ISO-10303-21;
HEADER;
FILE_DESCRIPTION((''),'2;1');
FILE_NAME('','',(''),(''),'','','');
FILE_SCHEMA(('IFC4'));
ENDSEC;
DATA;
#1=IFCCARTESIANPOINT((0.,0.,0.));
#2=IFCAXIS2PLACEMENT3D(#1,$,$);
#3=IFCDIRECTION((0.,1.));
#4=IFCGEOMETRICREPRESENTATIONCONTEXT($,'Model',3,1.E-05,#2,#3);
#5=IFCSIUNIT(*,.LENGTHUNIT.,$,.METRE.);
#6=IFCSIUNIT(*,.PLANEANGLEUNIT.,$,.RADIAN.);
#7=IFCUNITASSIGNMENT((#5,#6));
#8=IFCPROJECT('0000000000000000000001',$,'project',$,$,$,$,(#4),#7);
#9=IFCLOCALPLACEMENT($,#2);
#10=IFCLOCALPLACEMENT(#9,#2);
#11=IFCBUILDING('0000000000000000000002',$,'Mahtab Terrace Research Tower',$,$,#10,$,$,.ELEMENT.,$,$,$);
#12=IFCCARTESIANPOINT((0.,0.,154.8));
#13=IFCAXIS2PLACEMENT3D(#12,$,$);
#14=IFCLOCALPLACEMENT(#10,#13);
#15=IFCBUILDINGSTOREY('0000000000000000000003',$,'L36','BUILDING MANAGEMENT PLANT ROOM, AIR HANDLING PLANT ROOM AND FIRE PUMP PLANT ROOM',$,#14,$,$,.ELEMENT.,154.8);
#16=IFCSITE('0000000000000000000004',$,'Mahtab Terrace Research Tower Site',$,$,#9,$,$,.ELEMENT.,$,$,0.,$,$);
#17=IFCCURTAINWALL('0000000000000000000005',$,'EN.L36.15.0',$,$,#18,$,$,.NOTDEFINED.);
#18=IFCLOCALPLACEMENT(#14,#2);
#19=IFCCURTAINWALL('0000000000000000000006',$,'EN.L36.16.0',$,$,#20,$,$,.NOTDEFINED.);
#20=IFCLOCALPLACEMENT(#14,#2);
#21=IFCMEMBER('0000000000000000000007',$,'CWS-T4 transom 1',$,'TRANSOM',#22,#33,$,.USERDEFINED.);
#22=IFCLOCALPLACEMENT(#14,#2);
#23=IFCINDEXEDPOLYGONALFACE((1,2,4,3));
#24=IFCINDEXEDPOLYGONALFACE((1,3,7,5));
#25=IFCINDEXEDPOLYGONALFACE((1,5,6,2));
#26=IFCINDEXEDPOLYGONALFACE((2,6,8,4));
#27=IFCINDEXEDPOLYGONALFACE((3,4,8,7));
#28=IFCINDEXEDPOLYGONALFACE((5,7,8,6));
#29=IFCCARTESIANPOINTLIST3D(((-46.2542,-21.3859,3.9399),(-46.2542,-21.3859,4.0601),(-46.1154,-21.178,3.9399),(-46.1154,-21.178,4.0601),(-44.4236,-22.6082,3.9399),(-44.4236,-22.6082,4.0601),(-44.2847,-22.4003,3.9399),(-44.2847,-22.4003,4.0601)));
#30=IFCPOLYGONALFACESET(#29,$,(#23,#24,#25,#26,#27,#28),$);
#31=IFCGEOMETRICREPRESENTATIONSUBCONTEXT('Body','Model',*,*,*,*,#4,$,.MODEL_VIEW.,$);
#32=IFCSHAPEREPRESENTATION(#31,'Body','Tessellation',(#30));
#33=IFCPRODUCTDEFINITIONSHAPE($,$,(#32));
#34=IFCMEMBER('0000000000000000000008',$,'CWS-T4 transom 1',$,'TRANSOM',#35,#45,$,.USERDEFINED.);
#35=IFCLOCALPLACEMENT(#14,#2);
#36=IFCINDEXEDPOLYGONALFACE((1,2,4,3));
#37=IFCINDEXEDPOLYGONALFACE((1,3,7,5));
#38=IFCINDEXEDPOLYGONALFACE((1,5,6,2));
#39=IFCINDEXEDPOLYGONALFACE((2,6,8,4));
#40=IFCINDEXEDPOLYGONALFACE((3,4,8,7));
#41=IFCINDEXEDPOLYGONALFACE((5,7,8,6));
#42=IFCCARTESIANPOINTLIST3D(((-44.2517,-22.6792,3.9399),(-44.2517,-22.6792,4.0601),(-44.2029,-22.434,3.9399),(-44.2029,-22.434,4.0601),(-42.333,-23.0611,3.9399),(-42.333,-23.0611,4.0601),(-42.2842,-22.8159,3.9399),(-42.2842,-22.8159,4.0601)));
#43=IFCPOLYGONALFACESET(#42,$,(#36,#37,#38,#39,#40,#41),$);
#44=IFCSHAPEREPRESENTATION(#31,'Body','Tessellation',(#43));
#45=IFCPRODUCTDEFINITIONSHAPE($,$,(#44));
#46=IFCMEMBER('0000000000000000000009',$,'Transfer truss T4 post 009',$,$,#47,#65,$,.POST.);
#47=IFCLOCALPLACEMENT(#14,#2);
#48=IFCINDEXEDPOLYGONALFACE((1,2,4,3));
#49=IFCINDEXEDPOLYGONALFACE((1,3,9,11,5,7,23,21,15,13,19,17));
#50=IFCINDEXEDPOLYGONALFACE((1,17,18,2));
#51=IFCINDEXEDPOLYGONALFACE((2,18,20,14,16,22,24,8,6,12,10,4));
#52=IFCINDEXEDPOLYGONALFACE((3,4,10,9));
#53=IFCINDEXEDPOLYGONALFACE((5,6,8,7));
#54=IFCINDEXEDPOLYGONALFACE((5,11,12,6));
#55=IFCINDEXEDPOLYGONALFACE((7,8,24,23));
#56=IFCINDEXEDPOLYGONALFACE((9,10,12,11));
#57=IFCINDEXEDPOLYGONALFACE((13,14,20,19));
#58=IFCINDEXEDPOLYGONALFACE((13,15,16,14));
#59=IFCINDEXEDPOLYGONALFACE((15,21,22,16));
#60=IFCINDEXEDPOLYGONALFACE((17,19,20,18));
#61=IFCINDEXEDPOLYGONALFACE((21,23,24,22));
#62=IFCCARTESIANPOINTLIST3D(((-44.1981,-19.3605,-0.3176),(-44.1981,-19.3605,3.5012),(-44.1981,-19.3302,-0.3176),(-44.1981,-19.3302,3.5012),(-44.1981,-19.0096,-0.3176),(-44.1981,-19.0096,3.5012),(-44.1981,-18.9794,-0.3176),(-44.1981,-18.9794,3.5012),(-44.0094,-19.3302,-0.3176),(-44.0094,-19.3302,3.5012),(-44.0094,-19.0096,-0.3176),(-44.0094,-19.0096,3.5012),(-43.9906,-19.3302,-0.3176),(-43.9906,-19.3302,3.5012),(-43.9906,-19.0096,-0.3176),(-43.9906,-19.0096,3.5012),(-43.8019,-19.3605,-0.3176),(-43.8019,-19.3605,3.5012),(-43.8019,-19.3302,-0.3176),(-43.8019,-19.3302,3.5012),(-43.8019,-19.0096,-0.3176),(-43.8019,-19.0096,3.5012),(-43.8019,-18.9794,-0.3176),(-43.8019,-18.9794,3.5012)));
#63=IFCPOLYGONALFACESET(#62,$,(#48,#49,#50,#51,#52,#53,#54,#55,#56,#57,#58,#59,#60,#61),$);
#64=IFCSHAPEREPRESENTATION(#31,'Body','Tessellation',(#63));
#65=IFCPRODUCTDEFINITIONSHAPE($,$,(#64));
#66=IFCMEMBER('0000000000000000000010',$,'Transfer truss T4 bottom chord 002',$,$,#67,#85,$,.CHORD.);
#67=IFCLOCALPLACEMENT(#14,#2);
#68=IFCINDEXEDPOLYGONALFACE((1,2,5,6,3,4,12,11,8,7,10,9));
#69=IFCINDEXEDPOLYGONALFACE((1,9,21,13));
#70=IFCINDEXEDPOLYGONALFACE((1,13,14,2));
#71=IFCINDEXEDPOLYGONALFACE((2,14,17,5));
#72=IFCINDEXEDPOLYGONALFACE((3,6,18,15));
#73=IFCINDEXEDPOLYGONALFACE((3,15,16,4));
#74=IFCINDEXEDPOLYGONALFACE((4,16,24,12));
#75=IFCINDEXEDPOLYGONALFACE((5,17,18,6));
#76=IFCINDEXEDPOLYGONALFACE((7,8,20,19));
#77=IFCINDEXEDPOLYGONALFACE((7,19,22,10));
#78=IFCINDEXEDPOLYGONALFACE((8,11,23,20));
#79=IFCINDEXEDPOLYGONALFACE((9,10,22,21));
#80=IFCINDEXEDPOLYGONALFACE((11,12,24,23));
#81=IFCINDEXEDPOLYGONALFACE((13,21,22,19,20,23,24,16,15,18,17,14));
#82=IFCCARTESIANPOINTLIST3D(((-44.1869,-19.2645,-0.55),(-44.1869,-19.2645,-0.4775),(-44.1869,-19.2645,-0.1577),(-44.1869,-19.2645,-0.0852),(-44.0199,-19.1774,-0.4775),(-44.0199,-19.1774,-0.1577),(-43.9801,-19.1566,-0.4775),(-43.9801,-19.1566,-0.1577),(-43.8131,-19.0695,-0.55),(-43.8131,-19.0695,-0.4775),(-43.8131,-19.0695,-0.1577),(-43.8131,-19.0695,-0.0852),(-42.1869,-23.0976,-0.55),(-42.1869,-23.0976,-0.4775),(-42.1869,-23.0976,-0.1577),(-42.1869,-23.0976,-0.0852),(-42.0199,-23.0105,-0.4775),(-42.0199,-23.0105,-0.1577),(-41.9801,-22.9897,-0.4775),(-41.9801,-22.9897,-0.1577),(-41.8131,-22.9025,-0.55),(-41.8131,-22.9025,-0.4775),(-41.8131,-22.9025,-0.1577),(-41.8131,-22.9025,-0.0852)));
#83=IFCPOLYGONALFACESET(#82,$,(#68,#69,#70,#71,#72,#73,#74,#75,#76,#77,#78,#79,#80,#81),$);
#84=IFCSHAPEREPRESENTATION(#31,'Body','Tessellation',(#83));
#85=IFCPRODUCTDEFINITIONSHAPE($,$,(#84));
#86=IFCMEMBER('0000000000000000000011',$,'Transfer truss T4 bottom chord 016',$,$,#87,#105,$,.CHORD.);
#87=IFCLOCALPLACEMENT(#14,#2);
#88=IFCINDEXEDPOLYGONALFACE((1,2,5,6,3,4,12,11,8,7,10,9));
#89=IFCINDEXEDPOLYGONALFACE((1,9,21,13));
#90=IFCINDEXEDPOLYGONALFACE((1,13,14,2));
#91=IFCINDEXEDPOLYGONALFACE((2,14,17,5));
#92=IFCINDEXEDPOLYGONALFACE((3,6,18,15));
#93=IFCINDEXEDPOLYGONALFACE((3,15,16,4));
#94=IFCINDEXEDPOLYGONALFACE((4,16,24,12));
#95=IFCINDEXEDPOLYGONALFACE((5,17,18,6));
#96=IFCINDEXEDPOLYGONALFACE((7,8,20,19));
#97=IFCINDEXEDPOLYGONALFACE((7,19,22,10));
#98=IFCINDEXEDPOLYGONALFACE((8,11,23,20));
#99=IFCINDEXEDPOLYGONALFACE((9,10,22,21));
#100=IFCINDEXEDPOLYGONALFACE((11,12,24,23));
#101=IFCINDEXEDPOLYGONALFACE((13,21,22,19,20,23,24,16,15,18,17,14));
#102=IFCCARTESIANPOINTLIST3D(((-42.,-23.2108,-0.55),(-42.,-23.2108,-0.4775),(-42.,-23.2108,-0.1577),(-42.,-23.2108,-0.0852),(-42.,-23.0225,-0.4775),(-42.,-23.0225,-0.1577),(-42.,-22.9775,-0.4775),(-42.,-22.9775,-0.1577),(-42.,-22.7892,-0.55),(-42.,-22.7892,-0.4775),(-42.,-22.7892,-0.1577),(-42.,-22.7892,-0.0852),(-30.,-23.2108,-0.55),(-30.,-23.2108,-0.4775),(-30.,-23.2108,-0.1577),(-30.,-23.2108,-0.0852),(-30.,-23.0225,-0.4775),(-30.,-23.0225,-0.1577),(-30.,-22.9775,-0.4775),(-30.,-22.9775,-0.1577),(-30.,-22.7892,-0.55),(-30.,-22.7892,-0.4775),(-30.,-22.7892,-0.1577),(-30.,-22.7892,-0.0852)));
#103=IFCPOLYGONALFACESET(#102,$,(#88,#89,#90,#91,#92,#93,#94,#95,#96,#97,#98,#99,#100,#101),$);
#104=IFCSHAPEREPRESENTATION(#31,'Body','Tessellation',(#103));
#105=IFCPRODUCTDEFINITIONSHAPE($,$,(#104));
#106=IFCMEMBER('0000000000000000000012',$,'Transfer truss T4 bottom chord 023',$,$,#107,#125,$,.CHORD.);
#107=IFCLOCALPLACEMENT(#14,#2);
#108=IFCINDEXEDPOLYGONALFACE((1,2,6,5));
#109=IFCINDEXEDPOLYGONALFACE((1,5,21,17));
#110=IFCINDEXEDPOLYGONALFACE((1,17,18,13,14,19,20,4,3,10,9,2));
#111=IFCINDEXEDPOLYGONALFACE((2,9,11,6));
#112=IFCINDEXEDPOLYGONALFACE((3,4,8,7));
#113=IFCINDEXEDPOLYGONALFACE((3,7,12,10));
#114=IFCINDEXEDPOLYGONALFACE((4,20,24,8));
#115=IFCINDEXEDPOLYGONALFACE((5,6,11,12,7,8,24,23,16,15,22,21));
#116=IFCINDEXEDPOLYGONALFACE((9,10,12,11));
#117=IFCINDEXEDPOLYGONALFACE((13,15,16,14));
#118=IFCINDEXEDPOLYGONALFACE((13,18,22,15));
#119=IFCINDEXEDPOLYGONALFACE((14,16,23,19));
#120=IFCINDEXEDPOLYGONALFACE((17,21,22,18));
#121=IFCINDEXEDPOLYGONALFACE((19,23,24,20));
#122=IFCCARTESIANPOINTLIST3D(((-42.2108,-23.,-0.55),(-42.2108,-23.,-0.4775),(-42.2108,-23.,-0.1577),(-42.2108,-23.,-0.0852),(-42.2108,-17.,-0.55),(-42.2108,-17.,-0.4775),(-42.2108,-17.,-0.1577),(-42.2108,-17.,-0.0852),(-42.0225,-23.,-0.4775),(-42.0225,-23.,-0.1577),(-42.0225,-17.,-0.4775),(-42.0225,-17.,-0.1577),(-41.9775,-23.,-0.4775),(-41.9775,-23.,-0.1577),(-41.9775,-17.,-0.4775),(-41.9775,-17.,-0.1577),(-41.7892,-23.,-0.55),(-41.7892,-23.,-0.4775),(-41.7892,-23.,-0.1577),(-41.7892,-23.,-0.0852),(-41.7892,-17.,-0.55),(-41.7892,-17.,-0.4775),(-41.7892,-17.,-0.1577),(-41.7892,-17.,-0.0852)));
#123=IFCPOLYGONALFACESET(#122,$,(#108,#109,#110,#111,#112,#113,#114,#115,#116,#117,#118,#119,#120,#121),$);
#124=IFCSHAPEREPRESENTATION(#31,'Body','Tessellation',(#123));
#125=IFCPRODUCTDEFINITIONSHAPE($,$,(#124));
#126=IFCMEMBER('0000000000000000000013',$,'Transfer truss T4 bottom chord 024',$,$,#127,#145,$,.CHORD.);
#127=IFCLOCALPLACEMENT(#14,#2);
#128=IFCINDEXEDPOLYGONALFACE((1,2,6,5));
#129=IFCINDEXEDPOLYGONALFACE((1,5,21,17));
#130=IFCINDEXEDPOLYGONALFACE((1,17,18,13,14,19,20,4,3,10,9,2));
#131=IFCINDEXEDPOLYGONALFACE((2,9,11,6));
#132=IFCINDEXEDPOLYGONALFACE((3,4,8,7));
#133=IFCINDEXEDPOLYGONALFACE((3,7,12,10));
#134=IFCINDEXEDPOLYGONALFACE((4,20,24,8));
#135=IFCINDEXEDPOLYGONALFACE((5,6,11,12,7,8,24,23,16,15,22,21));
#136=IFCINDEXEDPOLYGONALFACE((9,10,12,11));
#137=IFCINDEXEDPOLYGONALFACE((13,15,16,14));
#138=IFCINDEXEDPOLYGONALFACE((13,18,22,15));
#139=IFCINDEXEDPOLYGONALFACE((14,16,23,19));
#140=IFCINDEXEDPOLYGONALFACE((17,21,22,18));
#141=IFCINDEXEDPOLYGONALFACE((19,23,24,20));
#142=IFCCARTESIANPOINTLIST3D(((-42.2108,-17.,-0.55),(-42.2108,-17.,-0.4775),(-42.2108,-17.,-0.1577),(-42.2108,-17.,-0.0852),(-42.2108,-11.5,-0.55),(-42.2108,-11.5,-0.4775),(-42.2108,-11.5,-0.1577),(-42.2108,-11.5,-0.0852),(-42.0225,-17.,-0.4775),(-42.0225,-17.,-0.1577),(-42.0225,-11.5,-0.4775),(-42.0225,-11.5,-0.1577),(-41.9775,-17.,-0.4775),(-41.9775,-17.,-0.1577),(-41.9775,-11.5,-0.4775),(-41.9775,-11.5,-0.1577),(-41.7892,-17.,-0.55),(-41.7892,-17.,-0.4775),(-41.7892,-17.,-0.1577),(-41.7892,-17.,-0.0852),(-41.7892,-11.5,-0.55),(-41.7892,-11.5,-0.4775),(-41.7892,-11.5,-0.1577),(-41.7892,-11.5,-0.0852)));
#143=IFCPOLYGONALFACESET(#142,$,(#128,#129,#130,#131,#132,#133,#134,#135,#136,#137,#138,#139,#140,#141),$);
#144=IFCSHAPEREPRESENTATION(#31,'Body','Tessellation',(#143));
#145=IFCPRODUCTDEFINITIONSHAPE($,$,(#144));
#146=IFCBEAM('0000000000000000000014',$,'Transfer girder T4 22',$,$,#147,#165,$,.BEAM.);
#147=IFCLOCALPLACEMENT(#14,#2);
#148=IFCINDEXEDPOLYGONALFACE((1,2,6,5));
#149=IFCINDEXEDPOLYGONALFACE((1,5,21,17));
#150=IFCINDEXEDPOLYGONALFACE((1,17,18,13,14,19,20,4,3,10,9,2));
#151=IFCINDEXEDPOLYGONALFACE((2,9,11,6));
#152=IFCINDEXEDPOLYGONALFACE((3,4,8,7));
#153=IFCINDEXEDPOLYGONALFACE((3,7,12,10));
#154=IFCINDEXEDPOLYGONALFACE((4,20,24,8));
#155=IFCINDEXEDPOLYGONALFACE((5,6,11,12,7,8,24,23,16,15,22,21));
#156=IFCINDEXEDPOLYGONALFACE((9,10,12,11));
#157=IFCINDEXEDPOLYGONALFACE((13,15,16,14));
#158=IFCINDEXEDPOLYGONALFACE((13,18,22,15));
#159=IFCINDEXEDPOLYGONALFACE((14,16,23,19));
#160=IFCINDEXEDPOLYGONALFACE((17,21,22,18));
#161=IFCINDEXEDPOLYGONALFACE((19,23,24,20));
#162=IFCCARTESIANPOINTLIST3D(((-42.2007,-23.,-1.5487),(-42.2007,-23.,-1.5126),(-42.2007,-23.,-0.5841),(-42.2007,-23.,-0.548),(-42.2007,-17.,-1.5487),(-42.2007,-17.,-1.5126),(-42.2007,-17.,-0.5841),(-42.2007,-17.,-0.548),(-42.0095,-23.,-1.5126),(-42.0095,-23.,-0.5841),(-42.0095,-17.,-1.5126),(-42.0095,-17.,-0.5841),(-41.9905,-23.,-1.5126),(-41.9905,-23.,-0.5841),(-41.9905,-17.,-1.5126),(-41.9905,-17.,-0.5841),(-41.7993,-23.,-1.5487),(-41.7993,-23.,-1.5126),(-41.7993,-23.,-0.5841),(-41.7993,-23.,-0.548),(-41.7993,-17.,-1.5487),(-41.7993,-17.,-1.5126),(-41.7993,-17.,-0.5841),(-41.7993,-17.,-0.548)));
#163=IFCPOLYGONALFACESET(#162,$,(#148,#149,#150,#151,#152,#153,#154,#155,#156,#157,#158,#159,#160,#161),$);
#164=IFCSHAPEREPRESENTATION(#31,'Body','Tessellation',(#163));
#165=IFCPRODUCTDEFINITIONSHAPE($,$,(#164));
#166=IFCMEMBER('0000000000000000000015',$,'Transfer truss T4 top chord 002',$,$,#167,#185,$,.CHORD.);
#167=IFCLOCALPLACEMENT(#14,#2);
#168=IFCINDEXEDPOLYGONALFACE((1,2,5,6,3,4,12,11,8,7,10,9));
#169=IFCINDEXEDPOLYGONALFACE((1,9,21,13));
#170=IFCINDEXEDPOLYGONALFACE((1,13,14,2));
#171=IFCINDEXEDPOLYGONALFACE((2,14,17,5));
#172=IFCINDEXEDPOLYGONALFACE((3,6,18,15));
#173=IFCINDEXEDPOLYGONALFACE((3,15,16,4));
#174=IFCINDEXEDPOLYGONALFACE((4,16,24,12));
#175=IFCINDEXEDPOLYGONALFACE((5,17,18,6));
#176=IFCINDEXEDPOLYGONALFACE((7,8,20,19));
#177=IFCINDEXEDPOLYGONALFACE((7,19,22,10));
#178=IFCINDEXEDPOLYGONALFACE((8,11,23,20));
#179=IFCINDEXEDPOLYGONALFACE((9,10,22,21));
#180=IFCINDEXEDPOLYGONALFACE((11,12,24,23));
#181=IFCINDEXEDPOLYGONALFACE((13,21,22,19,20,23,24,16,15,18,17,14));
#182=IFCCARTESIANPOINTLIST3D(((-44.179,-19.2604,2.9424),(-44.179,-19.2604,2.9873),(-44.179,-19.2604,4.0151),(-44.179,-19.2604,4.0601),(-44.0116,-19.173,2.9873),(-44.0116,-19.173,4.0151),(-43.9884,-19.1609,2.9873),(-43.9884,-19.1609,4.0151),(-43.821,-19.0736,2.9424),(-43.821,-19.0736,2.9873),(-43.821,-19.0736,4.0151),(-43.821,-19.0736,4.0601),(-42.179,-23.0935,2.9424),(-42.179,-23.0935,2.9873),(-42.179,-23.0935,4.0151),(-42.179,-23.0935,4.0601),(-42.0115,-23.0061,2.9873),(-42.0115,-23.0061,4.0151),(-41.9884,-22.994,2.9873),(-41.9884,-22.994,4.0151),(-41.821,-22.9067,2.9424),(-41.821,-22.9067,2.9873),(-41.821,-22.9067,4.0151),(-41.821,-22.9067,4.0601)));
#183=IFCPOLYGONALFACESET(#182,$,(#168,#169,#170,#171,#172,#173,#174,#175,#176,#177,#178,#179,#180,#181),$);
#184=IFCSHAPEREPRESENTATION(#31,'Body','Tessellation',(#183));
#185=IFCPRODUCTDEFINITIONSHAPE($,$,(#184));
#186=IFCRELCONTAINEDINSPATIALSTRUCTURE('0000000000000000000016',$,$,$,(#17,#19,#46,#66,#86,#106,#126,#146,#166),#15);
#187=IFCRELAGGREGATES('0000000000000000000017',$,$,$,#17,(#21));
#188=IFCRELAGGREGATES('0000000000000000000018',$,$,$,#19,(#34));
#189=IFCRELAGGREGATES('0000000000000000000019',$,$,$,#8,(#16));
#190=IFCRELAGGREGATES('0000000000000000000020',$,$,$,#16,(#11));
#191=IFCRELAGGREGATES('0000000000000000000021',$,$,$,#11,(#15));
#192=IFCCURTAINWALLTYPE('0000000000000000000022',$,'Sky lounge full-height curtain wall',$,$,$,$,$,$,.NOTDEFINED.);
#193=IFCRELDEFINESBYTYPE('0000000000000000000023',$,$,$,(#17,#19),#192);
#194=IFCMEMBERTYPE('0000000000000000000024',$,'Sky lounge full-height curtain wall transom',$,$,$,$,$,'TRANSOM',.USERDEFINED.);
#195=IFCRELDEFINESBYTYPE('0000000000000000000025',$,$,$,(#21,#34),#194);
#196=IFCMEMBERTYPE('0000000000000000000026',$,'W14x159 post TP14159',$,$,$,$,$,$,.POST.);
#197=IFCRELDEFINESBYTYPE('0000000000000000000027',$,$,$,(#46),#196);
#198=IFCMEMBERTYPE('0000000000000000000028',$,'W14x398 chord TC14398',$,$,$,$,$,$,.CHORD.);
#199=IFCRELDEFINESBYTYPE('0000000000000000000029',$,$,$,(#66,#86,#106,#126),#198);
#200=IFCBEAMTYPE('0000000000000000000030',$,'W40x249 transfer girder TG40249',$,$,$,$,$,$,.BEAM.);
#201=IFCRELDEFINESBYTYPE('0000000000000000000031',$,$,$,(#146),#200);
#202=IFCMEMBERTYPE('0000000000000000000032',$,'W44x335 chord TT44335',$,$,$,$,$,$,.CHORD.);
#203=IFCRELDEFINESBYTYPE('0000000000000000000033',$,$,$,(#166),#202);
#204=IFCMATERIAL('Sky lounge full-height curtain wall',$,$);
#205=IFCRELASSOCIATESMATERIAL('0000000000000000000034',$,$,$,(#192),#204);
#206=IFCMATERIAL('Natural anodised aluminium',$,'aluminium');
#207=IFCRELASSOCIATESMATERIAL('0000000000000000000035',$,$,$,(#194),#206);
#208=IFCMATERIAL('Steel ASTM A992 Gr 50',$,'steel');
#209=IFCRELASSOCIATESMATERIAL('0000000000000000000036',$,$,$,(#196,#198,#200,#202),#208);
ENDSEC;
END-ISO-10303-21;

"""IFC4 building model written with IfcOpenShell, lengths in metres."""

from ifc_helpers import new_model, si_unit, direction, frame, origin, origin_2d, place, context, subcontext, project, spatial, rectangle, i_section, extrude, material, material_profile, profile_set, type_object, element, aggregate, save


model = new_model("IFC4")

# Units and contexts
model_context = context("Model", 3, precision=1e-05, world=origin(), true_north=direction((0.0, 1.0)))
body_context = subcontext(model_context, "Body", "Model", "MODEL_VIEW")
ifc_project = project(units=[si_unit("LENGTHUNIT", "METRE"), si_unit("PLANEANGLEUNIT", "RADIAN")], contexts=[model_context])

# Site, building, storey
site_placement = place(None, origin())
site = spatial("IfcSite", under=ifc_project, at=site_placement, Name="Mahtab Terrace Research Tower Site", CompositionType="ELEMENT", RefElevation=0.0)
building_placement = place(site_placement, origin())
building = spatial("IfcBuilding", under=site, at=building_placement, Name="Mahtab Terrace Research Tower", CompositionType="ELEMENT")
storey_placement = place(building_placement, frame((0.0, 0.0, 154.8)))
storey = spatial("IfcBuildingStorey", under=building, at=storey_placement, Name="L36", Description="BUILDING MANAGEMENT PLANT ROOM, AIR HANDLING PLANT ROOM AND FIRE PUMP PLANT ROOM", CompositionType="ELEMENT", Elevation=154.8)

# Shared definitions
ifc_material_1 = material(Name="Steel ASTM A992 Gr 50", Category="steel")

# Curtain walls
ifc_material_2 = material(Name="Sky lounge full-height curtain wall")
curtain_wall_type = type_object("IfcCurtainWallType", Name="Sky lounge full-height curtain wall", PredefinedType="NOTDEFINED", material=ifc_material_2)
ifc_material_3 = material(Name="Natural anodised aluminium", Category="aluminium")
curtain_wall_1_placement = place(storey_placement, origin())
curtain_wall_1 = element("IfcCurtainWall", 1, at=curtain_wall_1_placement, inside=storey, type_object=curtain_wall_type, Name="EN.L36.15.0", PredefinedType="NOTDEFINED")
curtain_wall_2_placement = place(storey_placement, origin())
curtain_wall_2 = element("IfcCurtainWall", 2, at=curtain_wall_2_placement, inside=storey, type_object=curtain_wall_type, Name="EN.L36.16.0", PredefinedType="NOTDEFINED")

# Members
ifc_material_profile_1 = material_profile(ifc_material_3, rectangle(XDim=0.25, YDim=0.1201, at=origin_2d()), Name="TRANSOM 120x250")
ifc_profile_set_1 = profile_set([ifc_material_profile_1], Name="Natural anodised aluminium")
member_type_1 = type_object("IfcMemberType", Name="Sky lounge full-height curtain wall transom", ElementType="TRANSOM", PredefinedType="USERDEFINED", material=ifc_profile_set_1)
member_1_placement = place(storey_placement, frame((-46.1848, -21.282, 4.0), z_axis=(0.831675, -0.555263, 0.0), x_axis=(0.555263, 0.831675, 0.0)))
member_1 = element("IfcMember", 3, at=member_1_placement, type_object=member_type_1, Name="CWS-T4 transom 1", ObjectType="TRANSOM", PredefinedType="USERDEFINED", context=body_context, shape_type="SweptSolid", body=[
    extrude(rectangle(XDim=0.25, YDim=0.1201, at=origin_2d()), origin(), (0.0, 0.0, 1.0), 2.2012),
])
member_2_placement = place(storey_placement, frame((-44.2273, -22.5566, 4.0), z_axis=(0.980767, -0.19518, 0.0), x_axis=(0.19518, 0.980767, 0.0)))
member_2 = element("IfcMember", 4, at=member_2_placement, type_object=member_type_1, Name="CWS-T4 transom 1", ObjectType="TRANSOM", PredefinedType="USERDEFINED", context=body_context, shape_type="SweptSolid", body=[
    extrude(rectangle(XDim=0.25, YDim=0.1201, at=origin_2d()), origin(), (0.0, 0.0, 1.0), 1.9563),
])

# Members
ifc_material_profile_2 = material_profile(ifc_material_1, i_section(OverallWidth=0.3962, OverallDepth=0.3811, WebThickness=0.0188, FlangeThickness=0.0303, at=origin_2d()), Name="W14X159")
ifc_profile_set_2 = profile_set([ifc_material_profile_2], Name="Steel ASTM A992 Gr 50")
member_type_2 = type_object("IfcMemberType", Name="W14x159 post TP14159", PredefinedType="POST", material=ifc_profile_set_2)
member_3_placement = place(storey_placement, frame((-44.0, -19.1699, -0.3176), z_axis=(0.0, 0.0, 1.0), x_axis=(1.0, 0.0, 0.0)))
element("IfcMember", 5, at=member_3_placement, inside=storey, type_object=member_type_2, Name="Transfer truss T4 post 009", PredefinedType="POST", context=body_context, shape_type="SweptSolid", body=[
    extrude(i_section(OverallWidth=0.3962, OverallDepth=0.3811, WebThickness=0.0188, FlangeThickness=0.0303, at=origin_2d()), origin(), (0.0, 0.0, 1.0), 3.8188),
])
ifc_material_profile_3 = material_profile(ifc_material_1, i_section(OverallWidth=0.4216, OverallDepth=0.4648, WebThickness=0.0449, FlangeThickness=0.0725, at=origin_2d()), Name="W14X398")
ifc_profile_set_3 = profile_set([ifc_material_profile_3], Name="Steel ASTM A992 Gr 50")
member_type_3 = type_object("IfcMemberType", Name="W14x398 chord TC14398", PredefinedType="CHORD", material=ifc_profile_set_3)
member_4_placement = place(storey_placement, frame((-44.0, -19.167, -0.3176), z_axis=(0.462597, -0.886569, 0.0), x_axis=(0.886569, 0.462597, 0.0)))
element("IfcMember", 6, at=member_4_placement, inside=storey, type_object=member_type_3, Name="Transfer truss T4 bottom chord 002", PredefinedType="CHORD", context=body_context, shape_type="SweptSolid", body=[
    extrude(i_section(OverallWidth=0.4216, OverallDepth=0.4648, WebThickness=0.0449, FlangeThickness=0.0725, at=origin_2d()), origin(), (0.0, 0.0, 1.0), 4.3235),
])
member_5_placement = place(storey_placement, frame((-42.0, -23.0, -0.3176), z_axis=(1.0, 0.0, 0.0), x_axis=(0.0, 1.0, 0.0)))
element("IfcMember", 7, at=member_5_placement, inside=storey, type_object=member_type_3, Name="Transfer truss T4 bottom chord 016", PredefinedType="CHORD", context=body_context, shape_type="SweptSolid", body=[
    extrude(i_section(OverallWidth=0.4216, OverallDepth=0.4648, WebThickness=0.0449, FlangeThickness=0.0725, at=origin_2d()), origin(), (0.0, 0.0, 1.0), 12.0),
])
member_6_placement = place(storey_placement, frame((-42.0, -23.0, -0.3176), z_axis=(0.0, 1.0, 0.0), x_axis=(-1.0, 0.0, 0.0)))
element("IfcMember", 8, at=member_6_placement, inside=storey, type_object=member_type_3, Name="Transfer truss T4 bottom chord 023", PredefinedType="CHORD", context=body_context, shape_type="SweptSolid", body=[
    extrude(i_section(OverallWidth=0.4216, OverallDepth=0.4648, WebThickness=0.0449, FlangeThickness=0.0725, at=origin_2d()), origin(), (0.0, 0.0, 1.0), 6.0),
])
member_7_placement = place(storey_placement, frame((-42.0, -17.0, -0.3176), z_axis=(0.0, 1.0, 0.0), x_axis=(-1.0, 0.0, 0.0)))
element("IfcMember", 9, at=member_7_placement, inside=storey, type_object=member_type_3, Name="Transfer truss T4 bottom chord 024", PredefinedType="CHORD", context=body_context, shape_type="SweptSolid", body=[
    extrude(i_section(OverallWidth=0.4216, OverallDepth=0.4648, WebThickness=0.0449, FlangeThickness=0.0725, at=origin_2d()), origin(), (0.0, 0.0, 1.0), 5.5),
])

# Beam
ifc_material_profile_4 = material_profile(ifc_material_1, i_section(OverallWidth=0.4014, OverallDepth=1.0007, WebThickness=0.019, FlangeThickness=0.0361, at=origin_2d()), Name="W40X249")
ifc_profile_set_4 = profile_set([ifc_material_profile_4], Name="Steel ASTM A992 Gr 50")
beam_type = type_object("IfcBeamType", Name="W40x249 transfer girder TG40249", PredefinedType="BEAM", material=ifc_profile_set_4)
beam_placement = place(storey_placement, frame((-42.0, -23.0, -1.0483), z_axis=(0.0, 1.0, 0.0), x_axis=(-1.0, 0.0, 0.0)))
element("IfcBeam", 10, at=beam_placement, inside=storey, type_object=beam_type, Name="Transfer girder T4 22", PredefinedType="BEAM", context=body_context, shape_type="SweptSolid", body=[
    extrude(i_section(OverallWidth=0.4014, OverallDepth=1.0007, WebThickness=0.019, FlangeThickness=0.0361, at=origin_2d()), origin(), (0.0, 0.0, 1.0), 6.0),
])

# Member
ifc_material_profile_5 = material_profile(ifc_material_1, i_section(OverallWidth=0.4038, OverallDepth=1.1177, WebThickness=0.0261, FlangeThickness=0.0449, at=origin_2d()), Name="W44X335")
ifc_profile_set_5 = profile_set([ifc_material_profile_5], Name="Steel ASTM A992 Gr 50")
member_type_4 = type_object("IfcMemberType", Name="W44x335 chord TT44335", PredefinedType="CHORD", material=ifc_profile_set_5)
member_8_placement = place(storey_placement, frame((-44.0, -19.167, 3.5012), z_axis=(0.462597, -0.886569, 0.0), x_axis=(0.886569, 0.462597, 0.0)))
element("IfcMember", 11, at=member_8_placement, inside=storey, type_object=member_type_4, Name="Transfer truss T4 top chord 002", PredefinedType="CHORD", context=body_context, shape_type="SweptSolid", body=[
    extrude(i_section(OverallWidth=0.4038, OverallDepth=1.1177, WebThickness=0.0261, FlangeThickness=0.0449, at=origin_2d()), origin(), (0.0, 0.0, 1.0), 4.3235),
])

aggregate(curtain_wall_1, [member_1])
aggregate(curtain_wall_2, [member_2])

save(model, "model.ifc")
